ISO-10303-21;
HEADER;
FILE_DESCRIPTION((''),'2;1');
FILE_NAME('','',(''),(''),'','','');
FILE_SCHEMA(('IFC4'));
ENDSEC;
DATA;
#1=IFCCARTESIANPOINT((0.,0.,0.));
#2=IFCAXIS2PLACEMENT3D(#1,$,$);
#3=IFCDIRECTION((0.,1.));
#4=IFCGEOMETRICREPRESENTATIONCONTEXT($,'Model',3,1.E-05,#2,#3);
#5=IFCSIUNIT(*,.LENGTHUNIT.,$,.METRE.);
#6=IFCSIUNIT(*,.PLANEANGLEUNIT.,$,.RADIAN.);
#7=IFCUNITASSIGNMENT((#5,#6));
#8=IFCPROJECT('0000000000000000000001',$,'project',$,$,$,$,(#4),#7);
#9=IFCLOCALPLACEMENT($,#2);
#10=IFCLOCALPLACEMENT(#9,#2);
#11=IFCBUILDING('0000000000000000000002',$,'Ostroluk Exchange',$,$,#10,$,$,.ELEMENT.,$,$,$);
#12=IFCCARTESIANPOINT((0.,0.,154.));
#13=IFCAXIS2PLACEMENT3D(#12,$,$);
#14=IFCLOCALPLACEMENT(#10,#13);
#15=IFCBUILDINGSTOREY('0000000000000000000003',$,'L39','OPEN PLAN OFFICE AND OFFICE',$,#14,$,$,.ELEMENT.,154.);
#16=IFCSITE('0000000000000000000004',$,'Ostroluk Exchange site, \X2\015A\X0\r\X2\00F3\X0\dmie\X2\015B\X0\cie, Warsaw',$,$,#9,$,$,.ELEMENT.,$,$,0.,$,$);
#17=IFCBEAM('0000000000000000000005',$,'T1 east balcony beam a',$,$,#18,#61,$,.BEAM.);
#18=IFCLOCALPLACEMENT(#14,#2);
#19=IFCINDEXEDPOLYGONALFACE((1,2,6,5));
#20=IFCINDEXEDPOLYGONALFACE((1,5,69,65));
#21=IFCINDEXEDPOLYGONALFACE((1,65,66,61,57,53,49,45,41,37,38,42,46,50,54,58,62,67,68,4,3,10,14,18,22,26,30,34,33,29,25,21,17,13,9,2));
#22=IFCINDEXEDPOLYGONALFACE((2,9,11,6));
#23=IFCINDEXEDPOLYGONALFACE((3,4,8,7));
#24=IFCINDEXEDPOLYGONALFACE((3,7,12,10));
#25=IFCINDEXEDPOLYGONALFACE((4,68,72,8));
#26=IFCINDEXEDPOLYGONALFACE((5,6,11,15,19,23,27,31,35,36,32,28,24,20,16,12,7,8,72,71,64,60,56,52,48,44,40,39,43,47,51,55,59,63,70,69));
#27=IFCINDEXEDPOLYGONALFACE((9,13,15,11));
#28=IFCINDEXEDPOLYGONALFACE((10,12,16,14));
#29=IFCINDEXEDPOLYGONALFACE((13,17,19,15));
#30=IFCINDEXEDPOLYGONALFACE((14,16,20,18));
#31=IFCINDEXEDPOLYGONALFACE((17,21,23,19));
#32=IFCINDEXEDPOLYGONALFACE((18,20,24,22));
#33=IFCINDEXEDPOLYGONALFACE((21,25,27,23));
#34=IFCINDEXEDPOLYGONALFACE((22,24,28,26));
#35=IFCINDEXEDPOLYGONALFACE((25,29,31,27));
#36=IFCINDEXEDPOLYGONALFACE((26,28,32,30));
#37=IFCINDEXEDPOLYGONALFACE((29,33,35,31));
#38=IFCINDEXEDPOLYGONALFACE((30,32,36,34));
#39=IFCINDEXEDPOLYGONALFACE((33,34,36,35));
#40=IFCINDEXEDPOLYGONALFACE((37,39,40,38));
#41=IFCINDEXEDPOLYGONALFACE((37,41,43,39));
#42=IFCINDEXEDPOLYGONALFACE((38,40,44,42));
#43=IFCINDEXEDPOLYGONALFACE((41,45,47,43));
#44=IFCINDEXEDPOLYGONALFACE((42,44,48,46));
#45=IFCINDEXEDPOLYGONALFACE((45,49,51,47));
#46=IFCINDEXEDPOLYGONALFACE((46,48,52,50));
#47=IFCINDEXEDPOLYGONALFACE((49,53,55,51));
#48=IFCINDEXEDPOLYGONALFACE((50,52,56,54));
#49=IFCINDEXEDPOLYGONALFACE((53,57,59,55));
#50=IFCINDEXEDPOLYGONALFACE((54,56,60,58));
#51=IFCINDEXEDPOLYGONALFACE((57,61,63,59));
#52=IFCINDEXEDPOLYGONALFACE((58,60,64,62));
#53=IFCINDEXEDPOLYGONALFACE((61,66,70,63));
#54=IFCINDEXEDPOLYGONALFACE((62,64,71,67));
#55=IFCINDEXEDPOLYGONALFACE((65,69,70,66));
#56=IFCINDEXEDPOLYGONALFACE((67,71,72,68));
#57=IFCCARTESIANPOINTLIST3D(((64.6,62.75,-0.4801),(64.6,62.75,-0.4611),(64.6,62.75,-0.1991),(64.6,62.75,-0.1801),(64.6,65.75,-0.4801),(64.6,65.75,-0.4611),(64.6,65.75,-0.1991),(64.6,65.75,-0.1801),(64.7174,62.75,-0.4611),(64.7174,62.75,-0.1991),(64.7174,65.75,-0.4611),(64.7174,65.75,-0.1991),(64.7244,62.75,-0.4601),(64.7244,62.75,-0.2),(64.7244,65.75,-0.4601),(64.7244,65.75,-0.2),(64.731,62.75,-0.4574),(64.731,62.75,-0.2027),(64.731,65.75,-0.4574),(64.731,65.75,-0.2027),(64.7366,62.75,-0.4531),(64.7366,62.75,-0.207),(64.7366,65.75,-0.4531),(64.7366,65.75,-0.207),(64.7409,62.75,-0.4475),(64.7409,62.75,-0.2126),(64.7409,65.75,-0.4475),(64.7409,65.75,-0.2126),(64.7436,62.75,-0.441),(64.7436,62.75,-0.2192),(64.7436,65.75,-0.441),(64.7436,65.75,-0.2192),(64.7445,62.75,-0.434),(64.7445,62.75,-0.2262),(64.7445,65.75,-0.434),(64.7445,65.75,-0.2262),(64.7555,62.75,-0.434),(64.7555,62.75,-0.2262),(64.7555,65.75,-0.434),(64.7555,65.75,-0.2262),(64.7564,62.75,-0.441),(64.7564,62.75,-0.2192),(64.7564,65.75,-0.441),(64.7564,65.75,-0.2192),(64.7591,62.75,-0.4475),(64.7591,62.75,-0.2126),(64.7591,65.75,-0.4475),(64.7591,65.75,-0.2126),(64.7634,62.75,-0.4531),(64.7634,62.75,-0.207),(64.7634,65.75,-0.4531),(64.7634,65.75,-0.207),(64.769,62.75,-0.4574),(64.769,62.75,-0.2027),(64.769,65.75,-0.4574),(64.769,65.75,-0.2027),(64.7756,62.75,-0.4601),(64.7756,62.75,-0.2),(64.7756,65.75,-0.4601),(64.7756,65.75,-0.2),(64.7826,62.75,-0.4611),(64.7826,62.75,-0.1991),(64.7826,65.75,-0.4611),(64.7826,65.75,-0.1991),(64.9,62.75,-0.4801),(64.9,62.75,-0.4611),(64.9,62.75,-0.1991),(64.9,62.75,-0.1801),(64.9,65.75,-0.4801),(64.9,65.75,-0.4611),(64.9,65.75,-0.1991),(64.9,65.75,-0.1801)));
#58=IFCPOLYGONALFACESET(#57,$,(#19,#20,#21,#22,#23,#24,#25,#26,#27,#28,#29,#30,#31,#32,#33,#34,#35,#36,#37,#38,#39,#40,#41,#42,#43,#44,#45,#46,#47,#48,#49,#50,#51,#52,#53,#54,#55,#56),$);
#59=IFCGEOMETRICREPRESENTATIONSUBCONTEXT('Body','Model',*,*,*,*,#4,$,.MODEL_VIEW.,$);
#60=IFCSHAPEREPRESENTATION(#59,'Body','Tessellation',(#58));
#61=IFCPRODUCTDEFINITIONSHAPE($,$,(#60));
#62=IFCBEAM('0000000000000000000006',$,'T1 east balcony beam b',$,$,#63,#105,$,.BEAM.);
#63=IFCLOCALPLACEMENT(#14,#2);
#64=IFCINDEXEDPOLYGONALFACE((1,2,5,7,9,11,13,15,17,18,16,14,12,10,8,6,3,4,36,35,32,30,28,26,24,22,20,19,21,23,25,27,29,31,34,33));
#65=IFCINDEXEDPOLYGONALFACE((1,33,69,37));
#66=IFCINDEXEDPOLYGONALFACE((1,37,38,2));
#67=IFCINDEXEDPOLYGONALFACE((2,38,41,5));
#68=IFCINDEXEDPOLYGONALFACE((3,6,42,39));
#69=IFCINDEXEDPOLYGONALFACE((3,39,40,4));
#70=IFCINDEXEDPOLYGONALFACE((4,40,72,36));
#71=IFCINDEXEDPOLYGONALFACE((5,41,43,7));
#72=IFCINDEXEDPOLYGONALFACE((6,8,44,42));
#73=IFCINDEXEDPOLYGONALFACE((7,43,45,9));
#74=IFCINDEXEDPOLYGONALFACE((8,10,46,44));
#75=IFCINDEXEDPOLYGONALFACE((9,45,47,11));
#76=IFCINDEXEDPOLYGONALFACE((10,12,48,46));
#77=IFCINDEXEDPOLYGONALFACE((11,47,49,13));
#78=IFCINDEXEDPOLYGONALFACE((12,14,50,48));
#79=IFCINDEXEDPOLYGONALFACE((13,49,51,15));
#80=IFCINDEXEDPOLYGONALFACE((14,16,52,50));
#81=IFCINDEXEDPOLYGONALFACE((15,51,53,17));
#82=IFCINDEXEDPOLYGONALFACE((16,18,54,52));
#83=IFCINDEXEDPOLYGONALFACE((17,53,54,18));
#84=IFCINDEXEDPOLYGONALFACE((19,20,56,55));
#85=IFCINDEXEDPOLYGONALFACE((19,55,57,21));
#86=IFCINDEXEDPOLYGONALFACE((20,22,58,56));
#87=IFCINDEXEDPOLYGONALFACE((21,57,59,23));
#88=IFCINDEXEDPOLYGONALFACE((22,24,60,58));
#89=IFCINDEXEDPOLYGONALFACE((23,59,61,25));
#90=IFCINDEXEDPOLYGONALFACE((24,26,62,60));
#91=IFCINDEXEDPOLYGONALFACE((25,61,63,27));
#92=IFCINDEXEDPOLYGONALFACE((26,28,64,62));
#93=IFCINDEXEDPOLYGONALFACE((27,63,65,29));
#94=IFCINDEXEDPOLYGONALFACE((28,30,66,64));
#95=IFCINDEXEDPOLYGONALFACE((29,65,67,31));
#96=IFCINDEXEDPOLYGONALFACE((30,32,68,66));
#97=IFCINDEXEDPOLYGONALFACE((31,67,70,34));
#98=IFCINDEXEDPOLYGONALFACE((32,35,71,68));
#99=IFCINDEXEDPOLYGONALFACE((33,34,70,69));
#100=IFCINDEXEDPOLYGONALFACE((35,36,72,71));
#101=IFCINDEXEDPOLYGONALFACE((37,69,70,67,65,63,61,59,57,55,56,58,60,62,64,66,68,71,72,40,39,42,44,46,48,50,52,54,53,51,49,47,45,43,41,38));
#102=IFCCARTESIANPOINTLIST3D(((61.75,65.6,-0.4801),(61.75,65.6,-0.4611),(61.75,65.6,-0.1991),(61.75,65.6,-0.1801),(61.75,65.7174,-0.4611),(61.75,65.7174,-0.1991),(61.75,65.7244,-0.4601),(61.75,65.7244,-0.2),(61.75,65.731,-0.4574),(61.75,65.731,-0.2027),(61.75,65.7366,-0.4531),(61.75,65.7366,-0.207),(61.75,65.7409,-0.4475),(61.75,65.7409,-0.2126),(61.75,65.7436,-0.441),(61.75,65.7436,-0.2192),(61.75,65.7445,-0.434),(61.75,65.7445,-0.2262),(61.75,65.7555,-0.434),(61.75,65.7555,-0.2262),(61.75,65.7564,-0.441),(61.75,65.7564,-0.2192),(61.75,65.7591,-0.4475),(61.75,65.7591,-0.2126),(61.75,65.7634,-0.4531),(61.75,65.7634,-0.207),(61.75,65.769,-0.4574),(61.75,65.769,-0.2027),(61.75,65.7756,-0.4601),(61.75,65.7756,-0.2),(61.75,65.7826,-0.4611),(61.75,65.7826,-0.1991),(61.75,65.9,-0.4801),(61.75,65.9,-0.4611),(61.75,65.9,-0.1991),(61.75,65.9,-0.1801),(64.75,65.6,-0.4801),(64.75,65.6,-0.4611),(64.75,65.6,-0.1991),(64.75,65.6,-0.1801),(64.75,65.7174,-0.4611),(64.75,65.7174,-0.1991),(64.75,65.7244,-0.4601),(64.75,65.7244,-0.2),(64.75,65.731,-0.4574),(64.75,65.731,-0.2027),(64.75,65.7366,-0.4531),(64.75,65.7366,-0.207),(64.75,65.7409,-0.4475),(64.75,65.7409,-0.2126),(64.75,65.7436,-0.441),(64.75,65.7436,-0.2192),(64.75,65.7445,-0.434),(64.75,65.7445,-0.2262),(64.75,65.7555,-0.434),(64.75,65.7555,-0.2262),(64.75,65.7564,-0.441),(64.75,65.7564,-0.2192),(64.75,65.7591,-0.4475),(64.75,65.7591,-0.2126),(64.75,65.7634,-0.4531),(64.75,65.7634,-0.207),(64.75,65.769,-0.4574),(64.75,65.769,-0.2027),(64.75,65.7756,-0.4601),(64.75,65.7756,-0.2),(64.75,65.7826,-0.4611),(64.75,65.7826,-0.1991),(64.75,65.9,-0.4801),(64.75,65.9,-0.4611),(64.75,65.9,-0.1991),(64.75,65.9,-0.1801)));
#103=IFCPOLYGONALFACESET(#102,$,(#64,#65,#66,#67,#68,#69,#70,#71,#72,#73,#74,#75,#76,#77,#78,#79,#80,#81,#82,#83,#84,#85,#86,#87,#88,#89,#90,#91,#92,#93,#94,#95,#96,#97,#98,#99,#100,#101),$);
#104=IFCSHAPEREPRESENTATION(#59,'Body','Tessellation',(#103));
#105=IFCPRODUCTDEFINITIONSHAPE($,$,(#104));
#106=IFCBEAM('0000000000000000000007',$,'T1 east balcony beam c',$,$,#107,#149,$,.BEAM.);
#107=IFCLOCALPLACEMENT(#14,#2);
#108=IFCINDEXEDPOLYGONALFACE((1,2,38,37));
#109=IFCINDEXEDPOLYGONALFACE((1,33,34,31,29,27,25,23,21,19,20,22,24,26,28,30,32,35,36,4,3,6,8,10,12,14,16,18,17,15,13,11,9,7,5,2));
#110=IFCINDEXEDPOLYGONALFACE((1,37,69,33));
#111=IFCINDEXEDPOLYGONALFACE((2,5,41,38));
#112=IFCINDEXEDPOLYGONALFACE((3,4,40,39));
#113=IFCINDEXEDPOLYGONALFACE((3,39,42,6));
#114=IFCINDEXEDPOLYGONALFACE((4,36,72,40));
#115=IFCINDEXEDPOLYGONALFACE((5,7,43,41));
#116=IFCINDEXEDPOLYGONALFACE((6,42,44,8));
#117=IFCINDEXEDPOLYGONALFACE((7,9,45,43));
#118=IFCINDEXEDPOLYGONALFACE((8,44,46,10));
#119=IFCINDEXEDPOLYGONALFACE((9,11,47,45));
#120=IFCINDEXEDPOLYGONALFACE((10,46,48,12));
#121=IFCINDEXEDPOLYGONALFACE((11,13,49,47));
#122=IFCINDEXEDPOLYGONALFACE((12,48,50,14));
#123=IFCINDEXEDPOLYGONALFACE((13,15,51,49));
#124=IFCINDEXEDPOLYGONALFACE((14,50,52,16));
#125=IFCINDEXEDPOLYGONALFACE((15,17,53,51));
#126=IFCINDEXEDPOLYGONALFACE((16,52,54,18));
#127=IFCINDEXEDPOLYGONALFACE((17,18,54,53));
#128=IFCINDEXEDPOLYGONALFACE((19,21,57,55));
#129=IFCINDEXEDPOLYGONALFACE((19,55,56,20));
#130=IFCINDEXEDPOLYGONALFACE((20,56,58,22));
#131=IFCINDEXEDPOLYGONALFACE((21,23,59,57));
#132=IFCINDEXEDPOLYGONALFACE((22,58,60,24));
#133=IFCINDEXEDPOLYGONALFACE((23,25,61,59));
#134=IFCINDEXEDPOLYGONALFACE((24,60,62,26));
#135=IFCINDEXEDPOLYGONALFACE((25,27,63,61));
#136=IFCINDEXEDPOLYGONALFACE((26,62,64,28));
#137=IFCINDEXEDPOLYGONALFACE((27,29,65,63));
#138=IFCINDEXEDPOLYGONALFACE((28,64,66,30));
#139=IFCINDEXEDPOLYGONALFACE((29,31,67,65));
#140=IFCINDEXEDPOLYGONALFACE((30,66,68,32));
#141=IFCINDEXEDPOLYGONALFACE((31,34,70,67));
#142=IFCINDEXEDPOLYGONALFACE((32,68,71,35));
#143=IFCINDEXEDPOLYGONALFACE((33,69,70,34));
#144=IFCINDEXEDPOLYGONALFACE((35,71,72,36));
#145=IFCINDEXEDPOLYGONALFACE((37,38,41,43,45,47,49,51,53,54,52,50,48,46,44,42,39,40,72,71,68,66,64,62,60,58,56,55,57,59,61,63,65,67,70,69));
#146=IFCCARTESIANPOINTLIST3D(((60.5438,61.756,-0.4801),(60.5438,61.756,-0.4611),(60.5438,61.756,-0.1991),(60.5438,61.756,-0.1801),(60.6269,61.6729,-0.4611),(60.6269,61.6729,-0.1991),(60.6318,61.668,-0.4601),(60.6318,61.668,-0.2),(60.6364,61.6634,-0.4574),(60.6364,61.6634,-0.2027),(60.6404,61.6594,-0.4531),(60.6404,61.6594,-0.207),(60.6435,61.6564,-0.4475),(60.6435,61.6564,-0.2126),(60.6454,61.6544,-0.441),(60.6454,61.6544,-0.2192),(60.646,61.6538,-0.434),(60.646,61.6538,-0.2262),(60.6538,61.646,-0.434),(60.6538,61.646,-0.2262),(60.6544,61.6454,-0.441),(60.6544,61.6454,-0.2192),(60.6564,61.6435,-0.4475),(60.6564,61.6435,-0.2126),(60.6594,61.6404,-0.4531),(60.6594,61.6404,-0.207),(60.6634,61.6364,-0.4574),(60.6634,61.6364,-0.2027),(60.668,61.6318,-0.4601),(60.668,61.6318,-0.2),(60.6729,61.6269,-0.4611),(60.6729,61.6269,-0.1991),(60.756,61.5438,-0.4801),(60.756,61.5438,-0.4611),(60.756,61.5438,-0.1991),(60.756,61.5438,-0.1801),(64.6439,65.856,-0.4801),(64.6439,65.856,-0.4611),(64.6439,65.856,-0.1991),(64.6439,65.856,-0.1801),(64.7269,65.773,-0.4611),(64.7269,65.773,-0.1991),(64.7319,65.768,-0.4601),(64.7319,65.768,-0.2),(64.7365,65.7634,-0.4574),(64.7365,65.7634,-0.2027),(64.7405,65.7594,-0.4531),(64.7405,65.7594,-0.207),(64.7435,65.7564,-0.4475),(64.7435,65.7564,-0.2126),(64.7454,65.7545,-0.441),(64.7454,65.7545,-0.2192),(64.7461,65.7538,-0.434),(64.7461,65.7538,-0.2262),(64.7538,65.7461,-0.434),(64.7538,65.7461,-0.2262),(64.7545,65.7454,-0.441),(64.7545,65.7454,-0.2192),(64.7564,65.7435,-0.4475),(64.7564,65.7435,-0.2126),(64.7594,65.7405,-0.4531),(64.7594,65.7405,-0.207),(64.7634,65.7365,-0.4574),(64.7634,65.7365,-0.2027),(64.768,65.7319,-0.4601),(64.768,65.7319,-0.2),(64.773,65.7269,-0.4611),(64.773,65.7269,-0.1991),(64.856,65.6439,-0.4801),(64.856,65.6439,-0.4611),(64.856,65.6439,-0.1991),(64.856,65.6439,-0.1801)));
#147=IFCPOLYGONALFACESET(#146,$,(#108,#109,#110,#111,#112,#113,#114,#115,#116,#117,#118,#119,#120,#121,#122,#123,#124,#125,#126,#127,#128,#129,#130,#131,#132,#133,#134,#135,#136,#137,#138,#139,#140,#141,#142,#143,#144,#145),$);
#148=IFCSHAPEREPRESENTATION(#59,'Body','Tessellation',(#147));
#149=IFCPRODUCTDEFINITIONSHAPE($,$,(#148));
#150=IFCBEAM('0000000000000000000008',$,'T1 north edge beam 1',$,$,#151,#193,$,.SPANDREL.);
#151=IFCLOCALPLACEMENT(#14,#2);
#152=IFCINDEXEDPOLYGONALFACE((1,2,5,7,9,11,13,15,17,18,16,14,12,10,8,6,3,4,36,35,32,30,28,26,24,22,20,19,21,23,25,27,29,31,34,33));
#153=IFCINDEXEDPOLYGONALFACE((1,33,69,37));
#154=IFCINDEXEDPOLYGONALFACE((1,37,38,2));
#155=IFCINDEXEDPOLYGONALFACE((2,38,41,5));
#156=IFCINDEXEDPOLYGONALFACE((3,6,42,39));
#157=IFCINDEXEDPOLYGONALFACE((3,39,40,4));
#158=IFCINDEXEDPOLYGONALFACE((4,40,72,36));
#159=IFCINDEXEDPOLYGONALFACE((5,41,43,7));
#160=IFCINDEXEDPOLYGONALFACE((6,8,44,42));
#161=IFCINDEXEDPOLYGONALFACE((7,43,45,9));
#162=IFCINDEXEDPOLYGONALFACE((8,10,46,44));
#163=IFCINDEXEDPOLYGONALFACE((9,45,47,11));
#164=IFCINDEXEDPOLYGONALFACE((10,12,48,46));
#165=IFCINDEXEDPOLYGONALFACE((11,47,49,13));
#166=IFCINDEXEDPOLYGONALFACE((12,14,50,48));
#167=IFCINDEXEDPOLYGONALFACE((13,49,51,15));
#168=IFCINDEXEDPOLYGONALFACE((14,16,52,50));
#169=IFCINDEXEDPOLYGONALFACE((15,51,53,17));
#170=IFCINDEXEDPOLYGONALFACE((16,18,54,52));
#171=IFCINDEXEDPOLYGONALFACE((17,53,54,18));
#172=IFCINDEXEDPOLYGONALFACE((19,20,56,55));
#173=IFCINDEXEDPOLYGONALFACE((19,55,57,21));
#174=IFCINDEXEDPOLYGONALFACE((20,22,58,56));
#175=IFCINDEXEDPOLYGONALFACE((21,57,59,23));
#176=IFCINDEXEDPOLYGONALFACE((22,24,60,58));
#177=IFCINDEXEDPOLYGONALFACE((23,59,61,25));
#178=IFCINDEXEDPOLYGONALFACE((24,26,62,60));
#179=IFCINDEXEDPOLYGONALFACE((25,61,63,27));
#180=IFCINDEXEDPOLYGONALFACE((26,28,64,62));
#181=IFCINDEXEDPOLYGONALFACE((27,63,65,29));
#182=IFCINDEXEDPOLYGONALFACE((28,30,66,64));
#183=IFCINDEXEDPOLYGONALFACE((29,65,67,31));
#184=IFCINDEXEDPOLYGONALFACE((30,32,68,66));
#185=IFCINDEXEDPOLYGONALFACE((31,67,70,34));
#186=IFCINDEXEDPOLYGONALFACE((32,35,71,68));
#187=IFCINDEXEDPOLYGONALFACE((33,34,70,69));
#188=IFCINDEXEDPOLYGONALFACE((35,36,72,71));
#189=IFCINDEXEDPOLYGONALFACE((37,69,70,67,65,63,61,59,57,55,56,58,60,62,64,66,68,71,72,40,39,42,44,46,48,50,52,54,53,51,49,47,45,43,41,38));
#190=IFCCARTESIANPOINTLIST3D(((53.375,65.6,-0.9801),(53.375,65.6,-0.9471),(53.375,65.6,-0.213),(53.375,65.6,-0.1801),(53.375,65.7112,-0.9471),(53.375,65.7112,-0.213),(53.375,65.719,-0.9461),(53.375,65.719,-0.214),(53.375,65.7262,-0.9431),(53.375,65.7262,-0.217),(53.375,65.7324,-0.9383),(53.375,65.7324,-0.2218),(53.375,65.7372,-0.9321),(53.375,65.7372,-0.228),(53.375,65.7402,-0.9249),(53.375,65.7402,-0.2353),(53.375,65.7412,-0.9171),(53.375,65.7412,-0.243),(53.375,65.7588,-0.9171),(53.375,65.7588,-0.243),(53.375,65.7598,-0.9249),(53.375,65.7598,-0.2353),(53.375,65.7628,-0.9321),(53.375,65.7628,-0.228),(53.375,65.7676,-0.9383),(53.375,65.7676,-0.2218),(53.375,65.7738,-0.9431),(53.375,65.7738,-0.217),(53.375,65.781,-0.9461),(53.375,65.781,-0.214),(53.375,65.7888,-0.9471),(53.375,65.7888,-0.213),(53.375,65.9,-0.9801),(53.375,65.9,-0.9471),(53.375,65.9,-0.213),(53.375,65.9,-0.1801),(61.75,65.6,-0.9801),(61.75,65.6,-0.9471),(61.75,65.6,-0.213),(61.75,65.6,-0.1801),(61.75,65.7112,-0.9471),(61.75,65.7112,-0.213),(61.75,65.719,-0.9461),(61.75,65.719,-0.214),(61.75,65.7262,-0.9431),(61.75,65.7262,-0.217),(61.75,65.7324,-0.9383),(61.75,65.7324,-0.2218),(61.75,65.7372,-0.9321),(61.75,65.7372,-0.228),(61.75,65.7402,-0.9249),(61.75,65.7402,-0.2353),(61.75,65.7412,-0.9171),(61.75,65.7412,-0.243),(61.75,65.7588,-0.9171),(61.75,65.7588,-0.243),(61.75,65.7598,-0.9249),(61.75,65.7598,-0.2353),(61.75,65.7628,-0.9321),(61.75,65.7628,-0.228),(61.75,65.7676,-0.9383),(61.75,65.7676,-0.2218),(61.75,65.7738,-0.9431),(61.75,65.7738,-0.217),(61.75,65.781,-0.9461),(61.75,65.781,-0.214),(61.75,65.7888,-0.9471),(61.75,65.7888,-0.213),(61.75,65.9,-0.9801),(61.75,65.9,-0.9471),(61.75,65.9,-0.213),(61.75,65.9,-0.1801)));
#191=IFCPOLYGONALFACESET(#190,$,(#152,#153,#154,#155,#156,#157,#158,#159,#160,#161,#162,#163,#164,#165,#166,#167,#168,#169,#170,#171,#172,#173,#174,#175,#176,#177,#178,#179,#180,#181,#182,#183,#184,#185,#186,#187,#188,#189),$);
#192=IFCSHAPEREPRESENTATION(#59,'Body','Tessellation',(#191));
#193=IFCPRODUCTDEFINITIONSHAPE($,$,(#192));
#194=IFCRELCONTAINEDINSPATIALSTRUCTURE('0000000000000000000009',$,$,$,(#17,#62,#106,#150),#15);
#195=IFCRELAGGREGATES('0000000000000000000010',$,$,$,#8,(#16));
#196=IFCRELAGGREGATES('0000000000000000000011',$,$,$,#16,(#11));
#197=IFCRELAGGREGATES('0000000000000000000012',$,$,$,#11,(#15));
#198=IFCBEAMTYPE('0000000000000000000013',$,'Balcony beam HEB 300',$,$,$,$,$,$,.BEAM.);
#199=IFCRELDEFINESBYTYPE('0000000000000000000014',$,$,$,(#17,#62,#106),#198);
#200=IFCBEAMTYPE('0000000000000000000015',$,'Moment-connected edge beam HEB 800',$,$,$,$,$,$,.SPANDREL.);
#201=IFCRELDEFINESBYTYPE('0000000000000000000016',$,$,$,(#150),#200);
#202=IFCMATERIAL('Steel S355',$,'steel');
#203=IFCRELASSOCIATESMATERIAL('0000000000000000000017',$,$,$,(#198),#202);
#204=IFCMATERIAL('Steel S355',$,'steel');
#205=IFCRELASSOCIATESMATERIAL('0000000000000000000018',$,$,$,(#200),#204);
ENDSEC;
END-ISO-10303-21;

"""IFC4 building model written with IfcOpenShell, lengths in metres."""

from ifc_helpers import new_model, si_unit, direction, frame, origin, origin_2d, place, context, subcontext, project, spatial, i_section, extrude, material, material_profile, profile_set, type_object, element, save


model = new_model("IFC4")

# Units and contexts
model_context = context("Model", 3, precision=1e-05, world=origin(), true_north=direction((0.0, 1.0)))
body_context = subcontext(model_context, "Body", "Model", "MODEL_VIEW")
ifc_project = project(units=[si_unit("LENGTHUNIT", "METRE"), si_unit("PLANEANGLEUNIT", "RADIAN")], contexts=[model_context])

# Site, building, storey
site_placement = place(None, origin())
site = spatial("IfcSite", under=ifc_project, at=site_placement, Name="Ostroluk Exchange site, Śródmieście, Warsaw", CompositionType="ELEMENT", RefElevation=0.0)
building_placement = place(site_placement, origin())
building = spatial("IfcBuilding", under=site, at=building_placement, Name="Ostroluk Exchange", CompositionType="ELEMENT")
storey_placement = place(building_placement, frame((0.0, 0.0, 154.0)))
storey = spatial("IfcBuildingStorey", under=building, at=storey_placement, Name="L39", Description="OPEN PLAN OFFICE AND OFFICE", CompositionType="ELEMENT", Elevation=154.0)

# Beams
ifc_material_1 = material(Name="Steel S355", Category="steel")
ifc_material_profile_1 = material_profile(ifc_material_1, i_section(OverallWidth=0.3, OverallDepth=0.3, WebThickness=0.011, FlangeThickness=0.019, FilletRadius=0.0271, at=origin_2d()), Name="HEB 300")
ifc_profile_set_1 = profile_set([ifc_material_profile_1], Name="Steel S355")
beam_type_1 = type_object("IfcBeamType", Name="Balcony beam HEB 300", PredefinedType="BEAM", material=ifc_profile_set_1)
for number, where, z_axis, x_axis, name in (
    (1, (64.75, 62.75, -0.3301), (0.0, 1.0, 0.0), (-1.0, 0.0, 0.0), "T1 east balcony beam a"),
    (2, (61.75, 65.75, -0.3301), (1.0, 0.0, 0.0), (0.0, 1.0, 0.0), "T1 east balcony beam b"),
):
    element("IfcBeam", number, at=place(storey_placement, frame(where, z_axis=z_axis, x_axis=x_axis)), inside=storey, type_object=beam_type_1, Name=name, PredefinedType="BEAM", context=body_context, shape_type="SweptSolid", body=[
        extrude(i_section(OverallWidth=0.3, OverallDepth=0.3, WebThickness=0.011, FlangeThickness=0.019, FilletRadius=0.0271, at=origin_2d()), origin(), (0.0, 0.0, 1.0), 3.0),
    ])
beam_1_placement = place(storey_placement, frame((60.6499, 61.6499, -0.3301), z_axis=(0.707107, 0.707107, 0.0), x_axis=(-0.707107, 0.707107, 0.0)))
element("IfcBeam", 3, at=beam_1_placement, inside=storey, type_object=beam_type_1, Name="T1 east balcony beam c", PredefinedType="BEAM", context=body_context, shape_type="SweptSolid", body=[
    extrude(i_section(OverallWidth=0.3, OverallDepth=0.3, WebThickness=0.011, FlangeThickness=0.019, FilletRadius=0.0271, at=origin_2d()), origin(), (0.0, 0.0, 1.0), 5.7983),
])
ifc_material_2 = material(Name="Steel S355", Category="steel")
ifc_material_profile_2 = material_profile(ifc_material_2, i_section(OverallWidth=0.3, OverallDepth=0.8, WebThickness=0.0176, FlangeThickness=0.033, FilletRadius=0.03, at=origin_2d()), Name="HEB 800")
ifc_profile_set_2 = profile_set([ifc_material_profile_2], Name="Steel S355")
beam_type_2 = type_object("IfcBeamType", Name="Moment-connected edge beam HEB 800", PredefinedType="SPANDREL", material=ifc_profile_set_2)
beam_2_placement = place(storey_placement, frame((61.75, 65.75, -0.5801), z_axis=(-1.0, 0.0, 0.0), x_axis=(0.0, -1.0, 0.0)))
element("IfcBeam", 4, at=beam_2_placement, inside=storey, type_object=beam_type_2, Name="T1 north edge beam 1", PredefinedType="SPANDREL", context=body_context, shape_type="SweptSolid", body=[
    extrude(i_section(OverallWidth=0.3, OverallDepth=0.8, WebThickness=0.0176, FlangeThickness=0.033, FilletRadius=0.03, at=origin_2d()), origin(), (0.0, 0.0, 1.0), 8.375),
])

save(model, "model.ifc")
